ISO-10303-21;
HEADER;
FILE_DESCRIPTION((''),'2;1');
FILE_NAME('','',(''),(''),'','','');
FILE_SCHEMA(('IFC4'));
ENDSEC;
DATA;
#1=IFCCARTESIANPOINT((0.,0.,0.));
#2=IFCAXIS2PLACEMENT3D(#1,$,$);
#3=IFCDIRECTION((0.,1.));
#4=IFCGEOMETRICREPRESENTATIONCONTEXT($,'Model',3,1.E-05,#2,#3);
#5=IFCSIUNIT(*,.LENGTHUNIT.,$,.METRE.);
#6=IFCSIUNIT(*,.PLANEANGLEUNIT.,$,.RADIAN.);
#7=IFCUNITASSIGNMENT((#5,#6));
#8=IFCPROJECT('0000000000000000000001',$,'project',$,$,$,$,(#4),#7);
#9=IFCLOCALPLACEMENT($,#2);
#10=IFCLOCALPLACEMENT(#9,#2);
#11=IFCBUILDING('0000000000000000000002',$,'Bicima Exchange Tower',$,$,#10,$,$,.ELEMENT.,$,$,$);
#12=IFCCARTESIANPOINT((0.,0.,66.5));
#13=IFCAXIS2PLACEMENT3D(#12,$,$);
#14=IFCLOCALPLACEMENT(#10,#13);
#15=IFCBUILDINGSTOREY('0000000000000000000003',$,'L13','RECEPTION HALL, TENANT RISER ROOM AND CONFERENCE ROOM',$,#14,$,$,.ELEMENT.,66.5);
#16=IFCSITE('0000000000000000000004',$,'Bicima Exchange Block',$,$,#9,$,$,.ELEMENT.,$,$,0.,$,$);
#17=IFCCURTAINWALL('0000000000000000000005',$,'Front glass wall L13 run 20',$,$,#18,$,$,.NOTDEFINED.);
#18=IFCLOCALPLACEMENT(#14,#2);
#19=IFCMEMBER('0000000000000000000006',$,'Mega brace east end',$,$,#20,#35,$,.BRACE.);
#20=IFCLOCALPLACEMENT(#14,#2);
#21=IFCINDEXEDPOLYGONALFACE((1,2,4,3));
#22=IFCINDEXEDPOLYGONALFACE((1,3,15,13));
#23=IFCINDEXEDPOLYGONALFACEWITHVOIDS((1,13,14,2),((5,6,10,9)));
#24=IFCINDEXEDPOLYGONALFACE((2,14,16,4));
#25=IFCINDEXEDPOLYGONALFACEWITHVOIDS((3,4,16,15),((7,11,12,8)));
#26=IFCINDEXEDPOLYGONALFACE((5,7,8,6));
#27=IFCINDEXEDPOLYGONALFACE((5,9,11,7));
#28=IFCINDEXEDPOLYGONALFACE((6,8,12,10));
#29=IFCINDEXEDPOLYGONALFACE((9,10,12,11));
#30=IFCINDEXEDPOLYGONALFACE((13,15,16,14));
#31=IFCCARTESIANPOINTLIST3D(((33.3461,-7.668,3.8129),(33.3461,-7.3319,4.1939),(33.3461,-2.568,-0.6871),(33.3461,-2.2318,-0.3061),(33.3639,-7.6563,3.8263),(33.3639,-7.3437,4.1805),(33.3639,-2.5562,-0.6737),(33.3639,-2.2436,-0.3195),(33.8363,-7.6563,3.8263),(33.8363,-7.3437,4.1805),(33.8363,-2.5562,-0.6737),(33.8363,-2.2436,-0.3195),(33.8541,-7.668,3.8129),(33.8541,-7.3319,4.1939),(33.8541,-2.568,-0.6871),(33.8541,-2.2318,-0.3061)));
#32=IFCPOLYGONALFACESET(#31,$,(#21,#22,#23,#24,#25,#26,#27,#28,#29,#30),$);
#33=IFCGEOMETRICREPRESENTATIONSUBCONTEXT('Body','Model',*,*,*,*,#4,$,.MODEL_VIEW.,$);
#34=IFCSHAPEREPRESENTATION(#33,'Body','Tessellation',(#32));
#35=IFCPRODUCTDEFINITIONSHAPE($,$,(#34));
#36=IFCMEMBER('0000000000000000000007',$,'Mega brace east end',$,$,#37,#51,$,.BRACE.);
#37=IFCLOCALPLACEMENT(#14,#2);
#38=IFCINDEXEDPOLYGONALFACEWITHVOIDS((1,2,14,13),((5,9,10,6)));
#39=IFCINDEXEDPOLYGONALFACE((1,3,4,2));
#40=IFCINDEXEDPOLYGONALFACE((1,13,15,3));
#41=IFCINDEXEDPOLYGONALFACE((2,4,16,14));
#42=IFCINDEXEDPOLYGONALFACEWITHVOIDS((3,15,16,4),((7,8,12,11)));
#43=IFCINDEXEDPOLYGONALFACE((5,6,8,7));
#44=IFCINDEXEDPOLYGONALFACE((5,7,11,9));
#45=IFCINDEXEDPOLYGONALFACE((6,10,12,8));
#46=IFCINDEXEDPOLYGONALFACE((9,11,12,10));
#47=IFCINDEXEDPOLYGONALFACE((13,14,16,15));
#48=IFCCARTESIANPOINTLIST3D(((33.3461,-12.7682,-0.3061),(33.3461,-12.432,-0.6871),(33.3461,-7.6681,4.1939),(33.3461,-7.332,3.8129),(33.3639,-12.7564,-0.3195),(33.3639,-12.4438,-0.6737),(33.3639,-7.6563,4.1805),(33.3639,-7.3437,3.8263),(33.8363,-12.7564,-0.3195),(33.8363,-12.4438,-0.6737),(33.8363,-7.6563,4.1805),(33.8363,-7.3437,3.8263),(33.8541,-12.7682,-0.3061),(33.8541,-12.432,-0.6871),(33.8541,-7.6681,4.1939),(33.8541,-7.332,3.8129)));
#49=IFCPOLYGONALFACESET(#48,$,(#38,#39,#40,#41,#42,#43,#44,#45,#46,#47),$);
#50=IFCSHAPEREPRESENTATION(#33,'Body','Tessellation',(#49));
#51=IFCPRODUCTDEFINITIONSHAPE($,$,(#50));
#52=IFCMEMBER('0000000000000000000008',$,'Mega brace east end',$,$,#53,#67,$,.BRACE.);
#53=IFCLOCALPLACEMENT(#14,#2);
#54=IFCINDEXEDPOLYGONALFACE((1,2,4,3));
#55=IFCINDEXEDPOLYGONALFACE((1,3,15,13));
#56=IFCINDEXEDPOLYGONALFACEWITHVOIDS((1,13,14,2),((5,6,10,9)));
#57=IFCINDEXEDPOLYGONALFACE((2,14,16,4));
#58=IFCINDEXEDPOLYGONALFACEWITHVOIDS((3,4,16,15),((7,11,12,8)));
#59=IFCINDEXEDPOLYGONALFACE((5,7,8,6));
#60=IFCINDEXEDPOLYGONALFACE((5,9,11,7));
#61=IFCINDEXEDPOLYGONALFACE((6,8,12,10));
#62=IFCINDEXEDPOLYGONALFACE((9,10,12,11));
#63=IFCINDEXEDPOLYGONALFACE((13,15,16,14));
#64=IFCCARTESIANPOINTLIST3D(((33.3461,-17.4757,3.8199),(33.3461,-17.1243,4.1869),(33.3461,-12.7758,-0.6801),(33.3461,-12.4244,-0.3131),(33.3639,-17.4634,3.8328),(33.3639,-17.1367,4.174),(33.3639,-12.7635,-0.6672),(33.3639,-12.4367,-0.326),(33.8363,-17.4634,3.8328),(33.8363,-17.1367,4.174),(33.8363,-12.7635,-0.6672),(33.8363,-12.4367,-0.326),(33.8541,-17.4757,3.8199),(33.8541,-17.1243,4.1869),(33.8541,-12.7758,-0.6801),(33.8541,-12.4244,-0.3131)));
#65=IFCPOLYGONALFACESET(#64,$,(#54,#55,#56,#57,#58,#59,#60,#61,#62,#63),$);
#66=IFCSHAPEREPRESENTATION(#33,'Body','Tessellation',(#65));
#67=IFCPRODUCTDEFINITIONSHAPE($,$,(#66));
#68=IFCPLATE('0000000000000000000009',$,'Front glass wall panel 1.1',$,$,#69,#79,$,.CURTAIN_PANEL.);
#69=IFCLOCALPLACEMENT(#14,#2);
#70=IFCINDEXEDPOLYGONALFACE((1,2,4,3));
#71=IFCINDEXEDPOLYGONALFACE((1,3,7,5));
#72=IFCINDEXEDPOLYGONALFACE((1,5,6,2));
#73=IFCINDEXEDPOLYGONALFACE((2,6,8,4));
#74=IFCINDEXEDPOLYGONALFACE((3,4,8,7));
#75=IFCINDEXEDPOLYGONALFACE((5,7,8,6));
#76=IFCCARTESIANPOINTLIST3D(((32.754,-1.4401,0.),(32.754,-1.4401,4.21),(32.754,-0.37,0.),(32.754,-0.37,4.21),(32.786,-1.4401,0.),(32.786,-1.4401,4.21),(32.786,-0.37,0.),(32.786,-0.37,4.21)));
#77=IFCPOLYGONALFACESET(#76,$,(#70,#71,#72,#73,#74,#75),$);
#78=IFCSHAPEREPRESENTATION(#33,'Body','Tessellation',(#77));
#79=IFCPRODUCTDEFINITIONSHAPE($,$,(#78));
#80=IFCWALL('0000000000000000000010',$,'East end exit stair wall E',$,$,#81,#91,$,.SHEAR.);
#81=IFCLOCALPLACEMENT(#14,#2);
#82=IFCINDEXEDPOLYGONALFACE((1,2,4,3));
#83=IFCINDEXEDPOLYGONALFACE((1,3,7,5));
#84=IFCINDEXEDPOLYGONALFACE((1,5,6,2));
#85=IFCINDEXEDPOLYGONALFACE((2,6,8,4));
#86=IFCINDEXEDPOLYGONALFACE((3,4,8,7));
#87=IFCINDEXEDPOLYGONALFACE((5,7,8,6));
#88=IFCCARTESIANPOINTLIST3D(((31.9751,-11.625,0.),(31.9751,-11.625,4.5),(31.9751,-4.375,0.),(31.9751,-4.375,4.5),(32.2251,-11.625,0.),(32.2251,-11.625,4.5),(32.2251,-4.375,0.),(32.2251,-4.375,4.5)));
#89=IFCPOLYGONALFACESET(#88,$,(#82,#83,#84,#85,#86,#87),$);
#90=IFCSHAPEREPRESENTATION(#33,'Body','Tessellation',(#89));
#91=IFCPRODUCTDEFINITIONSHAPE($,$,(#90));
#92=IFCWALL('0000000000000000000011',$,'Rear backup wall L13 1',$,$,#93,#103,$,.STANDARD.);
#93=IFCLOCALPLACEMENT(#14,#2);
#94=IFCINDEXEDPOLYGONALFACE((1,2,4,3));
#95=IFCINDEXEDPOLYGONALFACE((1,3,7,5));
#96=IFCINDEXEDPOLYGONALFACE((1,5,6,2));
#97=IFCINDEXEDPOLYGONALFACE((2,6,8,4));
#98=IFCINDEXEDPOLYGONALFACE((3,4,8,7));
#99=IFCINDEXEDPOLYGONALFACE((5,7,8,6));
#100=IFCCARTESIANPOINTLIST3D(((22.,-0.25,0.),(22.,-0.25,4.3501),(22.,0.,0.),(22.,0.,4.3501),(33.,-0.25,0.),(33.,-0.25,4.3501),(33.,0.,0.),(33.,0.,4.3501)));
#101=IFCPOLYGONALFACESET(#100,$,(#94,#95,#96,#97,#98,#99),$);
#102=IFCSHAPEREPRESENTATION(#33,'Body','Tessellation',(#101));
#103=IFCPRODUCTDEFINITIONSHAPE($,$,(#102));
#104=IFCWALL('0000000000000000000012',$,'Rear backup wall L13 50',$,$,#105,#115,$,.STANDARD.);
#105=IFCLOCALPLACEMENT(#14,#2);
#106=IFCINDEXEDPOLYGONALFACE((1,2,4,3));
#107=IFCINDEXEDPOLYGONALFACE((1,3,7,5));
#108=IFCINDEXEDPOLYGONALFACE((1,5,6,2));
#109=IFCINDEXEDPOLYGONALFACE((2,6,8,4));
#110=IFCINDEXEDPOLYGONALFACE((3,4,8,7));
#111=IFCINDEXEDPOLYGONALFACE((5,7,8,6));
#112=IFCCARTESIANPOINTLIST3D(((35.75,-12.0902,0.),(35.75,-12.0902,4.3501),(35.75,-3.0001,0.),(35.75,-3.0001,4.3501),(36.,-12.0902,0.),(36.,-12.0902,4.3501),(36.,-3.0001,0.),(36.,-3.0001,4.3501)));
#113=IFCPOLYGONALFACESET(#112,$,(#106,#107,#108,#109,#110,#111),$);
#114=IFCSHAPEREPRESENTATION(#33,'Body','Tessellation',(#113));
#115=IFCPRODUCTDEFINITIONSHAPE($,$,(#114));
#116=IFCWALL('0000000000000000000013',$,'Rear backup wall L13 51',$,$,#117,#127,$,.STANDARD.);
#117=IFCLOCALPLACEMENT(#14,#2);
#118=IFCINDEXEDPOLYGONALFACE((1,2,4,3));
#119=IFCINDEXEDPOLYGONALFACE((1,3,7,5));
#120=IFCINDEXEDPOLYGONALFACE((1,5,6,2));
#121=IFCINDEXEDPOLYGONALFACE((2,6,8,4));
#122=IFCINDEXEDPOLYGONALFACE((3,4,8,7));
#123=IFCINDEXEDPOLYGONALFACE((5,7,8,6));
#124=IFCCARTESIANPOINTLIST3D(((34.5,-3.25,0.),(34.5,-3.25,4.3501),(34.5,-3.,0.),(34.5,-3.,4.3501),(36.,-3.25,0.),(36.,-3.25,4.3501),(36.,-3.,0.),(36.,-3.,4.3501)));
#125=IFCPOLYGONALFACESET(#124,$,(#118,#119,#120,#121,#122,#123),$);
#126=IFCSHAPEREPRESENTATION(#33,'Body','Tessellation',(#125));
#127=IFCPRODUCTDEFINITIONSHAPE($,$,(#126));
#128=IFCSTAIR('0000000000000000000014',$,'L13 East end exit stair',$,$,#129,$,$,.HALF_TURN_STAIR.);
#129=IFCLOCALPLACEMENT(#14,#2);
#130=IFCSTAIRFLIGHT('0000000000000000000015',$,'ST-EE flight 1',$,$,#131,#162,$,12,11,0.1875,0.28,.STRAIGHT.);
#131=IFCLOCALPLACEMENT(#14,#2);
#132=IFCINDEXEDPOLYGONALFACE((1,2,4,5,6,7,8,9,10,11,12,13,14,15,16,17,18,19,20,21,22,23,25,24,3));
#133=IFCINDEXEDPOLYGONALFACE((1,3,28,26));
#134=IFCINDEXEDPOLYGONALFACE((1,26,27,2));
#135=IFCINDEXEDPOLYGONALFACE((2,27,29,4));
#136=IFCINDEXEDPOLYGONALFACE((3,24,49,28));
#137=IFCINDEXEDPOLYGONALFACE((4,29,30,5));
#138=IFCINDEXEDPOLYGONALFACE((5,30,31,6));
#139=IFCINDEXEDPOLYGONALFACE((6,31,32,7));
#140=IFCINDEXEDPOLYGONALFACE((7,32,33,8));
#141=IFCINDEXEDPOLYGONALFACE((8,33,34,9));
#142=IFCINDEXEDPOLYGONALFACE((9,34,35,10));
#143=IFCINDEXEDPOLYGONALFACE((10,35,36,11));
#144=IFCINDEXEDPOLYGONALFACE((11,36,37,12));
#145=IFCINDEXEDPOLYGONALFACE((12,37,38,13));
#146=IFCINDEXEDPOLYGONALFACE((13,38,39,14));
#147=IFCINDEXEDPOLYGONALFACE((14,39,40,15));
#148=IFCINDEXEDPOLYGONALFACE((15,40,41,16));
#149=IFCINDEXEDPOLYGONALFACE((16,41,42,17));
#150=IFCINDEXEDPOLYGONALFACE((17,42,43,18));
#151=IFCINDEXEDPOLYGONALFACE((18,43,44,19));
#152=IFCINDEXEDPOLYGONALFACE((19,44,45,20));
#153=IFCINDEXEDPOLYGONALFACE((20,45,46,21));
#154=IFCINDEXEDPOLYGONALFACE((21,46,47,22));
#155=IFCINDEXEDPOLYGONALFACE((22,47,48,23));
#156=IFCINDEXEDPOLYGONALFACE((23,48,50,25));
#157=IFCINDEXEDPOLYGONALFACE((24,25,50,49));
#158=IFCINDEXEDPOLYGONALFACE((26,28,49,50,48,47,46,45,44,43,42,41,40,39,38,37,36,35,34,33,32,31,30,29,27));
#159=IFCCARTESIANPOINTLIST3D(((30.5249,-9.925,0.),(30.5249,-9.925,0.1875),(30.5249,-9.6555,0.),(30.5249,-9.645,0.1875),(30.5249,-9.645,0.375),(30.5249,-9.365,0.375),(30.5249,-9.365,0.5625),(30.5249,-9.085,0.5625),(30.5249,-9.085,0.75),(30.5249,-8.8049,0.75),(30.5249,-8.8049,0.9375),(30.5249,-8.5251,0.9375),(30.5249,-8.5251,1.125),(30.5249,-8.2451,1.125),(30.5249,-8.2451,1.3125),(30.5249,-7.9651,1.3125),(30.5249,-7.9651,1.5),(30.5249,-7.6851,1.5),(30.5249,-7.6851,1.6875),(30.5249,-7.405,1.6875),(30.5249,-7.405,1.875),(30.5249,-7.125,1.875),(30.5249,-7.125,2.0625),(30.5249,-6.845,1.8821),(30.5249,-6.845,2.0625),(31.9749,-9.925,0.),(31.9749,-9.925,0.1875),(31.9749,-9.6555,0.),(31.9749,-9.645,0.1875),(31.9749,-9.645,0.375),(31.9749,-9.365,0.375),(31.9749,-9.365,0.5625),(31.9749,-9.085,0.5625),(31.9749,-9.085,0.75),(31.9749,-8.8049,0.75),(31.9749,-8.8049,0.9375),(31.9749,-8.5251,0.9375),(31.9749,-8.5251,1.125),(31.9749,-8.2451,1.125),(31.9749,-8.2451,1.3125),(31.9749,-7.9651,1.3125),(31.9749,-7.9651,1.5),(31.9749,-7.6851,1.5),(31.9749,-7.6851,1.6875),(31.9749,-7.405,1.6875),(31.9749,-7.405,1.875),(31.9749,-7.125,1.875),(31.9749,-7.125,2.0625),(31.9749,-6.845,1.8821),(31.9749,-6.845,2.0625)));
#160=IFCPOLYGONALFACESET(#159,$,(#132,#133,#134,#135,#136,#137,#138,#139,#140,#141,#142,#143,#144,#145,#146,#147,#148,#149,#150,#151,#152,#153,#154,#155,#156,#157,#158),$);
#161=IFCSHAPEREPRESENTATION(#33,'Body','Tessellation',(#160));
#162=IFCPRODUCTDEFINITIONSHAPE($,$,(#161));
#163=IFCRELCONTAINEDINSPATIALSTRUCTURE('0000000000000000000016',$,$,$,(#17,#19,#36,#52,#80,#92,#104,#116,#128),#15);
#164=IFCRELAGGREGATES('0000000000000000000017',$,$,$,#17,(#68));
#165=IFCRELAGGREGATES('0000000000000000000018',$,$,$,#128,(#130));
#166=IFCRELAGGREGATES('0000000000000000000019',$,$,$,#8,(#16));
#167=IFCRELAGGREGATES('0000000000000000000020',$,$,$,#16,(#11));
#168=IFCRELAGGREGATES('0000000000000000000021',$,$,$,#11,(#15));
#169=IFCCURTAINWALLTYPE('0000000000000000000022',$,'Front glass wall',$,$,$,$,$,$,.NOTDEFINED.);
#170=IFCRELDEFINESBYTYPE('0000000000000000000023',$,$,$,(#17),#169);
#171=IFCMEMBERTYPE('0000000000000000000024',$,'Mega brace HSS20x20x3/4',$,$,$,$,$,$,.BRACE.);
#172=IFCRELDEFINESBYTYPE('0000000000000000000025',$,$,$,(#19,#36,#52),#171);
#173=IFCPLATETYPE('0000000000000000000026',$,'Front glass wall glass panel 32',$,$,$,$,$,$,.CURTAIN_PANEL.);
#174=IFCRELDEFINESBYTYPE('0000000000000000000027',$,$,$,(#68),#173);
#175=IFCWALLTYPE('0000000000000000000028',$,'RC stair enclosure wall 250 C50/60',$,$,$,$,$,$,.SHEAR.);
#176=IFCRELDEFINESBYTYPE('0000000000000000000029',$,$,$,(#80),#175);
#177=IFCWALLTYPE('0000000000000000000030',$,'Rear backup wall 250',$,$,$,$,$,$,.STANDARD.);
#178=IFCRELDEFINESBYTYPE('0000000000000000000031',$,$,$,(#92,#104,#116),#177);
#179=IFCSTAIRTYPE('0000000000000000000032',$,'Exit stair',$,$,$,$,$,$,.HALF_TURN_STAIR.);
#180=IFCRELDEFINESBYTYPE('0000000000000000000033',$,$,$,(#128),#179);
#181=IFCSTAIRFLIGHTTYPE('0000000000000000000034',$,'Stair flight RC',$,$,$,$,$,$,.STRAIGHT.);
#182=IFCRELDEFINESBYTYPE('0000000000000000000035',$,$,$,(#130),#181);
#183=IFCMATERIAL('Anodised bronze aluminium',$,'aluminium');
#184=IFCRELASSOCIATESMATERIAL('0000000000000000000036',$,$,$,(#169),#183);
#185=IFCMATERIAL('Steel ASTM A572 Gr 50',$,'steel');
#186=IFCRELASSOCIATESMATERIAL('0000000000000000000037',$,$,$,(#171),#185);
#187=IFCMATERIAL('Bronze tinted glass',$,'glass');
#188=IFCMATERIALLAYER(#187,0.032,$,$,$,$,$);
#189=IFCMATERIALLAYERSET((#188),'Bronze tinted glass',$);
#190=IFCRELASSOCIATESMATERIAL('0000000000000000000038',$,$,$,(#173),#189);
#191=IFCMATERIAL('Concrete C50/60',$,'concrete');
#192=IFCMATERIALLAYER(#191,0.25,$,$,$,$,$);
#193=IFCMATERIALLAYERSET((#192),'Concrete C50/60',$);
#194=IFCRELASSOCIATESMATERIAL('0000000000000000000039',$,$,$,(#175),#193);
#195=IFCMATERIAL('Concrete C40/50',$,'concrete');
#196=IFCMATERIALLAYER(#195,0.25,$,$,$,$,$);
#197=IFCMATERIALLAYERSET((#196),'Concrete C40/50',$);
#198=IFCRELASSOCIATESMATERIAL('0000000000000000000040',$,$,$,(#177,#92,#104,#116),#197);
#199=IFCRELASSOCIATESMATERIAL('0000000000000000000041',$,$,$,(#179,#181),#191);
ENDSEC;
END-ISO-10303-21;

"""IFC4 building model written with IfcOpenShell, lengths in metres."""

from ifc_helpers import new_model, si_unit, direction, frame, frame_2d, origin, origin_2d, place, context, subcontext, project, spatial, polyline, rectangle, hollow_rectangle, outline, extrude, material, layer, layer_set, layer_usage, material_profile, profile_set, type_object, element, aggregate, save


model = new_model("IFC4")

# Units and contexts
model_context = context("Model", 3, precision=1e-05, world=origin(), true_north=direction((0.0, 1.0)))
body_context = subcontext(model_context, "Body", "Model", "MODEL_VIEW")
ifc_project = project(units=[si_unit("LENGTHUNIT", "METRE"), si_unit("PLANEANGLEUNIT", "RADIAN")], contexts=[model_context])

# Site, building, storey
site_placement = place(None, origin())
site = spatial("IfcSite", under=ifc_project, at=site_placement, Name="Bicima Exchange Block", CompositionType="ELEMENT", RefElevation=0.0)
building_placement = place(site_placement, origin())
building = spatial("IfcBuilding", under=site, at=building_placement, Name="Bicima Exchange Tower", CompositionType="ELEMENT")
storey_placement = place(building_placement, frame((0.0, 0.0, 66.5)))
storey = spatial("IfcBuildingStorey", under=building, at=storey_placement, Name="L13", Description="RECEPTION HALL, TENANT RISER ROOM AND CONFERENCE ROOM", CompositionType="ELEMENT", Elevation=66.5)

# Shared definitions
ifc_material_1 = material(Name="Steel ASTM A572 Gr 50", Category="steel")

# Shared definitions
ifc_material_2 = material(Name="Anodised bronze aluminium", Category="aluminium")

# Curtain wall
curtain_wall_type_1 = type_object("IfcCurtainWallType", Name="Front glass wall", PredefinedType="NOTDEFINED", material=ifc_material_2)
curtain_wall_1_placement = place(storey_placement, origin())
curtain_wall_1 = element("IfcCurtainWall", 1, at=curtain_wall_1_placement, inside=storey, type_object=curtain_wall_type_1, Name="Front glass wall L13 run 20", PredefinedType="NOTDEFINED")

# Members
ifc_material_profile_1 = material_profile(ifc_material_1, hollow_rectangle(XDim=0.5081, YDim=0.5081, WallThickness=0.0178, at=origin_2d()))
ifc_profile_set_1 = profile_set([ifc_material_profile_1], Name="Steel ASTM A572 Gr 50")
member_type_1 = type_object("IfcMemberType", Name="Mega brace HSS20x20x3/4", PredefinedType="BRACE", material=ifc_profile_set_1)
for number, where, z_axis, x_axis, name in (
    (2, (33.6001, -2.3999, -0.4966), (0.0, -0.749844, 0.661615), (1.0, 0.0, 0.0), "Mega brace east end"),
    (3, (33.6001, -12.6001, -0.4966), (0.0, 0.749844, 0.661615), (-1.0, 0.0, 0.0), "Mega brace east end"),
):
    element("IfcMember", number, at=place(storey_placement, frame(where, z_axis=z_axis, x_axis=x_axis)), inside=storey, type_object=member_type_1, Name=name, PredefinedType="BRACE", context=body_context, shape_type="SweptSolid", body=[
        extrude(hollow_rectangle(XDim=0.5081, YDim=0.5081, WallThickness=0.0178, at=origin_2d()), origin(), (0.0, 0.0, 1.0), 6.8015),
    ])
member_1_placement = place(storey_placement, frame((33.6001, -12.6001, -0.4966), z_axis=(0.0, -0.722304, 0.691575), x_axis=(1.0, 0.0, 0.0)))
element("IfcMember", 4, at=member_1_placement, inside=storey, type_object=member_type_1, Name="Mega brace east end", PredefinedType="BRACE", context=body_context, shape_type="SweptSolid", body=[
    extrude(hollow_rectangle(XDim=0.5081, YDim=0.5081, WallThickness=0.0178, at=origin_2d()), origin(), (0.0, 0.0, 1.0), 6.5068),
])

# Plate
ifc_material_3 = material(Name="Bronze tinted glass", Category="glass")
ifc_layer_1 = layer(ifc_material_3, 0.032)
ifc_layer_set_1 = layer_set([ifc_layer_1], Name="Bronze tinted glass")
plate_type = type_object("IfcPlateType", Name="Front glass wall glass panel 32", PredefinedType="CURTAIN_PANEL", material=ifc_layer_set_1)
plate_placement = place(storey_placement, frame((32.77, -0.905, 0.0), z_axis=(0.0, 0.0, 1.0), x_axis=(0.0, 1.0, 0.0)))
plate = element("IfcPlate", 5, at=plate_placement, type_object=plate_type, Name="Front glass wall panel 1.1", PredefinedType="CURTAIN_PANEL", context=body_context, shape_type="SweptSolid", body=[
    extrude(rectangle(XDim=1.0701, YDim=0.032, at=origin_2d()), origin(), (0.0, 0.0, 1.0), 4.21),
])
aggregate(curtain_wall_1, [plate])

# Walls
ifc_material_4 = material(Name="Concrete C50/60", Category="concrete")
ifc_layer_2 = layer(ifc_material_4, 0.25)
ifc_layer_set_2 = layer_set([ifc_layer_2], Name="Concrete C50/60")
wall_type_1 = type_object("IfcWallType", Name="RC stair enclosure wall 250 C50/60", PredefinedType="SHEAR", material=ifc_layer_set_2)
wall_1_placement = place(storey_placement, frame((32.1001, -11.625, 0.0), z_axis=(0.0, 0.0, 1.0), x_axis=(0.0, 1.0, 0.0)))
element("IfcWall", 6, at=wall_1_placement, inside=storey, type_object=wall_type_1, Name="East end exit stair wall E", PredefinedType="SHEAR", context=body_context, shape_type="SweptSolid", body=[
    extrude(rectangle(XDim=7.25, YDim=0.25, at=frame_2d((3.625, 0.0))), origin(), (0.0, 0.0, 1.0), 4.5),
])
ifc_material_5 = material(Name="Concrete C40/50", Category="concrete")
ifc_layer_3 = layer(ifc_material_5, 0.25)
ifc_layer_set_3 = layer_set([ifc_layer_3], Name="Concrete C40/50")
ifc_layer_usage = layer_usage(ifc_layer_set_3, "AXIS2", "POSITIVE", -0.125)
wall_type_2 = type_object("IfcWallType", Name="Rear backup wall 250", PredefinedType="STANDARD", material=ifc_layer_set_3)
wall_2_placement = place(storey_placement, frame((33.0, -0.125, 0.0), z_axis=(0.0, 0.0, 1.0), x_axis=(-1.0, 0.0, 0.0)))
element("IfcWall", 7, at=wall_2_placement, inside=storey, type_object=wall_type_2, material=ifc_layer_usage, Name="Rear backup wall L13 1", PredefinedType="STANDARD", context=body_context, shape_type="SweptSolid", body=[
    extrude(rectangle(XDim=11.0, YDim=0.25, at=frame_2d((5.5, 0.0))), origin(), (0.0, 0.0, 1.0), 4.3501),
])
wall_3_placement = place(storey_placement, frame((35.875, -12.0901, 0.0), z_axis=(0.0, 0.0, 1.0), x_axis=(0.0, 1.0, 0.0)))
element("IfcWall", 8, at=wall_3_placement, inside=storey, type_object=wall_type_2, material=ifc_layer_usage, Name="Rear backup wall L13 50", PredefinedType="STANDARD", context=body_context, shape_type="SweptSolid", body=[
    extrude(rectangle(XDim=9.0901, YDim=0.25, at=frame_2d((4.5449, 0.0))), origin(), (0.0, 0.0, 1.0), 4.3501),
])
wall_4_placement = place(storey_placement, frame((36.0, -3.125, 0.0), z_axis=(0.0, 0.0, 1.0), x_axis=(-1.0, 0.0, 0.0)))
element("IfcWall", 9, at=wall_4_placement, inside=storey, type_object=wall_type_2, material=ifc_layer_usage, Name="Rear backup wall L13 51", PredefinedType="STANDARD", context=body_context, shape_type="SweptSolid", body=[
    extrude(rectangle(XDim=1.5, YDim=0.25, at=frame_2d((0.75, 0.0))), origin(), (0.0, 0.0, 1.0), 4.3501),
])

# Stair, stair flight
stair_type = type_object("IfcStairType", Name="Exit stair", PredefinedType="HALF_TURN_STAIR", material=ifc_material_4)
stair_placement = place(storey_placement, origin())
stair = element("IfcStair", 10, at=stair_placement, inside=storey, type_object=stair_type, Name="L13 East end exit stair", PredefinedType="HALF_TURN_STAIR")
stair_flight_type = type_object("IfcStairFlightType", Name="Stair flight RC", PredefinedType="STRAIGHT", material=ifc_material_4)
stair_flight_1_placement = place(storey_placement, frame((31.25, -9.925, 0.0), z_axis=(0.0, 0.0, 1.0), x_axis=(0.0, 1.0, 0.0)))
stair_flight_1 = element("IfcStairFlight", 11, at=stair_flight_1_placement, type_object=stair_flight_type, Name="ST-EE flight 1", NumberOfRisers=12, NumberOfTreads=11, PredefinedType="STRAIGHT", RiserHeight=0.1875, TreadLength=0.28, context=body_context, shape_type="SweptSolid", body=[
    extrude(outline(polyline([(0.0, 0.0), (0.0, 0.1875), (0.28, 0.1875), (0.28, 0.375), (0.5601, 0.375), (0.5601, 0.5625), (0.8401, 0.5625), (0.8401, 0.75), (1.1201, 0.75), (1.1201, 0.9375), (1.3999, 0.9375), (1.3999, 1.125), (1.6799, 1.125), (1.6799, 1.3125), (1.96, 1.3125), (1.96, 1.5), (2.24, 1.5), (2.24, 1.6875), (2.52, 1.6875), (2.52, 1.875), (2.8, 1.875), (2.8, 2.0625), (3.0801, 2.0625), (3.0801, 2.25), (3.0801, 1.8821), (0.2695, 0.0), (0.0, 0.0)])), frame((0.0, 0.7251, 0.0), z_axis=(0.0, -1.0, 0.0), x_axis=(1.0, 0.0, 0.0)), (0.0, 0.0, 1.0), 1.45),
])
aggregate(stair, [stair_flight_1])

save(model, "model.ifc")
